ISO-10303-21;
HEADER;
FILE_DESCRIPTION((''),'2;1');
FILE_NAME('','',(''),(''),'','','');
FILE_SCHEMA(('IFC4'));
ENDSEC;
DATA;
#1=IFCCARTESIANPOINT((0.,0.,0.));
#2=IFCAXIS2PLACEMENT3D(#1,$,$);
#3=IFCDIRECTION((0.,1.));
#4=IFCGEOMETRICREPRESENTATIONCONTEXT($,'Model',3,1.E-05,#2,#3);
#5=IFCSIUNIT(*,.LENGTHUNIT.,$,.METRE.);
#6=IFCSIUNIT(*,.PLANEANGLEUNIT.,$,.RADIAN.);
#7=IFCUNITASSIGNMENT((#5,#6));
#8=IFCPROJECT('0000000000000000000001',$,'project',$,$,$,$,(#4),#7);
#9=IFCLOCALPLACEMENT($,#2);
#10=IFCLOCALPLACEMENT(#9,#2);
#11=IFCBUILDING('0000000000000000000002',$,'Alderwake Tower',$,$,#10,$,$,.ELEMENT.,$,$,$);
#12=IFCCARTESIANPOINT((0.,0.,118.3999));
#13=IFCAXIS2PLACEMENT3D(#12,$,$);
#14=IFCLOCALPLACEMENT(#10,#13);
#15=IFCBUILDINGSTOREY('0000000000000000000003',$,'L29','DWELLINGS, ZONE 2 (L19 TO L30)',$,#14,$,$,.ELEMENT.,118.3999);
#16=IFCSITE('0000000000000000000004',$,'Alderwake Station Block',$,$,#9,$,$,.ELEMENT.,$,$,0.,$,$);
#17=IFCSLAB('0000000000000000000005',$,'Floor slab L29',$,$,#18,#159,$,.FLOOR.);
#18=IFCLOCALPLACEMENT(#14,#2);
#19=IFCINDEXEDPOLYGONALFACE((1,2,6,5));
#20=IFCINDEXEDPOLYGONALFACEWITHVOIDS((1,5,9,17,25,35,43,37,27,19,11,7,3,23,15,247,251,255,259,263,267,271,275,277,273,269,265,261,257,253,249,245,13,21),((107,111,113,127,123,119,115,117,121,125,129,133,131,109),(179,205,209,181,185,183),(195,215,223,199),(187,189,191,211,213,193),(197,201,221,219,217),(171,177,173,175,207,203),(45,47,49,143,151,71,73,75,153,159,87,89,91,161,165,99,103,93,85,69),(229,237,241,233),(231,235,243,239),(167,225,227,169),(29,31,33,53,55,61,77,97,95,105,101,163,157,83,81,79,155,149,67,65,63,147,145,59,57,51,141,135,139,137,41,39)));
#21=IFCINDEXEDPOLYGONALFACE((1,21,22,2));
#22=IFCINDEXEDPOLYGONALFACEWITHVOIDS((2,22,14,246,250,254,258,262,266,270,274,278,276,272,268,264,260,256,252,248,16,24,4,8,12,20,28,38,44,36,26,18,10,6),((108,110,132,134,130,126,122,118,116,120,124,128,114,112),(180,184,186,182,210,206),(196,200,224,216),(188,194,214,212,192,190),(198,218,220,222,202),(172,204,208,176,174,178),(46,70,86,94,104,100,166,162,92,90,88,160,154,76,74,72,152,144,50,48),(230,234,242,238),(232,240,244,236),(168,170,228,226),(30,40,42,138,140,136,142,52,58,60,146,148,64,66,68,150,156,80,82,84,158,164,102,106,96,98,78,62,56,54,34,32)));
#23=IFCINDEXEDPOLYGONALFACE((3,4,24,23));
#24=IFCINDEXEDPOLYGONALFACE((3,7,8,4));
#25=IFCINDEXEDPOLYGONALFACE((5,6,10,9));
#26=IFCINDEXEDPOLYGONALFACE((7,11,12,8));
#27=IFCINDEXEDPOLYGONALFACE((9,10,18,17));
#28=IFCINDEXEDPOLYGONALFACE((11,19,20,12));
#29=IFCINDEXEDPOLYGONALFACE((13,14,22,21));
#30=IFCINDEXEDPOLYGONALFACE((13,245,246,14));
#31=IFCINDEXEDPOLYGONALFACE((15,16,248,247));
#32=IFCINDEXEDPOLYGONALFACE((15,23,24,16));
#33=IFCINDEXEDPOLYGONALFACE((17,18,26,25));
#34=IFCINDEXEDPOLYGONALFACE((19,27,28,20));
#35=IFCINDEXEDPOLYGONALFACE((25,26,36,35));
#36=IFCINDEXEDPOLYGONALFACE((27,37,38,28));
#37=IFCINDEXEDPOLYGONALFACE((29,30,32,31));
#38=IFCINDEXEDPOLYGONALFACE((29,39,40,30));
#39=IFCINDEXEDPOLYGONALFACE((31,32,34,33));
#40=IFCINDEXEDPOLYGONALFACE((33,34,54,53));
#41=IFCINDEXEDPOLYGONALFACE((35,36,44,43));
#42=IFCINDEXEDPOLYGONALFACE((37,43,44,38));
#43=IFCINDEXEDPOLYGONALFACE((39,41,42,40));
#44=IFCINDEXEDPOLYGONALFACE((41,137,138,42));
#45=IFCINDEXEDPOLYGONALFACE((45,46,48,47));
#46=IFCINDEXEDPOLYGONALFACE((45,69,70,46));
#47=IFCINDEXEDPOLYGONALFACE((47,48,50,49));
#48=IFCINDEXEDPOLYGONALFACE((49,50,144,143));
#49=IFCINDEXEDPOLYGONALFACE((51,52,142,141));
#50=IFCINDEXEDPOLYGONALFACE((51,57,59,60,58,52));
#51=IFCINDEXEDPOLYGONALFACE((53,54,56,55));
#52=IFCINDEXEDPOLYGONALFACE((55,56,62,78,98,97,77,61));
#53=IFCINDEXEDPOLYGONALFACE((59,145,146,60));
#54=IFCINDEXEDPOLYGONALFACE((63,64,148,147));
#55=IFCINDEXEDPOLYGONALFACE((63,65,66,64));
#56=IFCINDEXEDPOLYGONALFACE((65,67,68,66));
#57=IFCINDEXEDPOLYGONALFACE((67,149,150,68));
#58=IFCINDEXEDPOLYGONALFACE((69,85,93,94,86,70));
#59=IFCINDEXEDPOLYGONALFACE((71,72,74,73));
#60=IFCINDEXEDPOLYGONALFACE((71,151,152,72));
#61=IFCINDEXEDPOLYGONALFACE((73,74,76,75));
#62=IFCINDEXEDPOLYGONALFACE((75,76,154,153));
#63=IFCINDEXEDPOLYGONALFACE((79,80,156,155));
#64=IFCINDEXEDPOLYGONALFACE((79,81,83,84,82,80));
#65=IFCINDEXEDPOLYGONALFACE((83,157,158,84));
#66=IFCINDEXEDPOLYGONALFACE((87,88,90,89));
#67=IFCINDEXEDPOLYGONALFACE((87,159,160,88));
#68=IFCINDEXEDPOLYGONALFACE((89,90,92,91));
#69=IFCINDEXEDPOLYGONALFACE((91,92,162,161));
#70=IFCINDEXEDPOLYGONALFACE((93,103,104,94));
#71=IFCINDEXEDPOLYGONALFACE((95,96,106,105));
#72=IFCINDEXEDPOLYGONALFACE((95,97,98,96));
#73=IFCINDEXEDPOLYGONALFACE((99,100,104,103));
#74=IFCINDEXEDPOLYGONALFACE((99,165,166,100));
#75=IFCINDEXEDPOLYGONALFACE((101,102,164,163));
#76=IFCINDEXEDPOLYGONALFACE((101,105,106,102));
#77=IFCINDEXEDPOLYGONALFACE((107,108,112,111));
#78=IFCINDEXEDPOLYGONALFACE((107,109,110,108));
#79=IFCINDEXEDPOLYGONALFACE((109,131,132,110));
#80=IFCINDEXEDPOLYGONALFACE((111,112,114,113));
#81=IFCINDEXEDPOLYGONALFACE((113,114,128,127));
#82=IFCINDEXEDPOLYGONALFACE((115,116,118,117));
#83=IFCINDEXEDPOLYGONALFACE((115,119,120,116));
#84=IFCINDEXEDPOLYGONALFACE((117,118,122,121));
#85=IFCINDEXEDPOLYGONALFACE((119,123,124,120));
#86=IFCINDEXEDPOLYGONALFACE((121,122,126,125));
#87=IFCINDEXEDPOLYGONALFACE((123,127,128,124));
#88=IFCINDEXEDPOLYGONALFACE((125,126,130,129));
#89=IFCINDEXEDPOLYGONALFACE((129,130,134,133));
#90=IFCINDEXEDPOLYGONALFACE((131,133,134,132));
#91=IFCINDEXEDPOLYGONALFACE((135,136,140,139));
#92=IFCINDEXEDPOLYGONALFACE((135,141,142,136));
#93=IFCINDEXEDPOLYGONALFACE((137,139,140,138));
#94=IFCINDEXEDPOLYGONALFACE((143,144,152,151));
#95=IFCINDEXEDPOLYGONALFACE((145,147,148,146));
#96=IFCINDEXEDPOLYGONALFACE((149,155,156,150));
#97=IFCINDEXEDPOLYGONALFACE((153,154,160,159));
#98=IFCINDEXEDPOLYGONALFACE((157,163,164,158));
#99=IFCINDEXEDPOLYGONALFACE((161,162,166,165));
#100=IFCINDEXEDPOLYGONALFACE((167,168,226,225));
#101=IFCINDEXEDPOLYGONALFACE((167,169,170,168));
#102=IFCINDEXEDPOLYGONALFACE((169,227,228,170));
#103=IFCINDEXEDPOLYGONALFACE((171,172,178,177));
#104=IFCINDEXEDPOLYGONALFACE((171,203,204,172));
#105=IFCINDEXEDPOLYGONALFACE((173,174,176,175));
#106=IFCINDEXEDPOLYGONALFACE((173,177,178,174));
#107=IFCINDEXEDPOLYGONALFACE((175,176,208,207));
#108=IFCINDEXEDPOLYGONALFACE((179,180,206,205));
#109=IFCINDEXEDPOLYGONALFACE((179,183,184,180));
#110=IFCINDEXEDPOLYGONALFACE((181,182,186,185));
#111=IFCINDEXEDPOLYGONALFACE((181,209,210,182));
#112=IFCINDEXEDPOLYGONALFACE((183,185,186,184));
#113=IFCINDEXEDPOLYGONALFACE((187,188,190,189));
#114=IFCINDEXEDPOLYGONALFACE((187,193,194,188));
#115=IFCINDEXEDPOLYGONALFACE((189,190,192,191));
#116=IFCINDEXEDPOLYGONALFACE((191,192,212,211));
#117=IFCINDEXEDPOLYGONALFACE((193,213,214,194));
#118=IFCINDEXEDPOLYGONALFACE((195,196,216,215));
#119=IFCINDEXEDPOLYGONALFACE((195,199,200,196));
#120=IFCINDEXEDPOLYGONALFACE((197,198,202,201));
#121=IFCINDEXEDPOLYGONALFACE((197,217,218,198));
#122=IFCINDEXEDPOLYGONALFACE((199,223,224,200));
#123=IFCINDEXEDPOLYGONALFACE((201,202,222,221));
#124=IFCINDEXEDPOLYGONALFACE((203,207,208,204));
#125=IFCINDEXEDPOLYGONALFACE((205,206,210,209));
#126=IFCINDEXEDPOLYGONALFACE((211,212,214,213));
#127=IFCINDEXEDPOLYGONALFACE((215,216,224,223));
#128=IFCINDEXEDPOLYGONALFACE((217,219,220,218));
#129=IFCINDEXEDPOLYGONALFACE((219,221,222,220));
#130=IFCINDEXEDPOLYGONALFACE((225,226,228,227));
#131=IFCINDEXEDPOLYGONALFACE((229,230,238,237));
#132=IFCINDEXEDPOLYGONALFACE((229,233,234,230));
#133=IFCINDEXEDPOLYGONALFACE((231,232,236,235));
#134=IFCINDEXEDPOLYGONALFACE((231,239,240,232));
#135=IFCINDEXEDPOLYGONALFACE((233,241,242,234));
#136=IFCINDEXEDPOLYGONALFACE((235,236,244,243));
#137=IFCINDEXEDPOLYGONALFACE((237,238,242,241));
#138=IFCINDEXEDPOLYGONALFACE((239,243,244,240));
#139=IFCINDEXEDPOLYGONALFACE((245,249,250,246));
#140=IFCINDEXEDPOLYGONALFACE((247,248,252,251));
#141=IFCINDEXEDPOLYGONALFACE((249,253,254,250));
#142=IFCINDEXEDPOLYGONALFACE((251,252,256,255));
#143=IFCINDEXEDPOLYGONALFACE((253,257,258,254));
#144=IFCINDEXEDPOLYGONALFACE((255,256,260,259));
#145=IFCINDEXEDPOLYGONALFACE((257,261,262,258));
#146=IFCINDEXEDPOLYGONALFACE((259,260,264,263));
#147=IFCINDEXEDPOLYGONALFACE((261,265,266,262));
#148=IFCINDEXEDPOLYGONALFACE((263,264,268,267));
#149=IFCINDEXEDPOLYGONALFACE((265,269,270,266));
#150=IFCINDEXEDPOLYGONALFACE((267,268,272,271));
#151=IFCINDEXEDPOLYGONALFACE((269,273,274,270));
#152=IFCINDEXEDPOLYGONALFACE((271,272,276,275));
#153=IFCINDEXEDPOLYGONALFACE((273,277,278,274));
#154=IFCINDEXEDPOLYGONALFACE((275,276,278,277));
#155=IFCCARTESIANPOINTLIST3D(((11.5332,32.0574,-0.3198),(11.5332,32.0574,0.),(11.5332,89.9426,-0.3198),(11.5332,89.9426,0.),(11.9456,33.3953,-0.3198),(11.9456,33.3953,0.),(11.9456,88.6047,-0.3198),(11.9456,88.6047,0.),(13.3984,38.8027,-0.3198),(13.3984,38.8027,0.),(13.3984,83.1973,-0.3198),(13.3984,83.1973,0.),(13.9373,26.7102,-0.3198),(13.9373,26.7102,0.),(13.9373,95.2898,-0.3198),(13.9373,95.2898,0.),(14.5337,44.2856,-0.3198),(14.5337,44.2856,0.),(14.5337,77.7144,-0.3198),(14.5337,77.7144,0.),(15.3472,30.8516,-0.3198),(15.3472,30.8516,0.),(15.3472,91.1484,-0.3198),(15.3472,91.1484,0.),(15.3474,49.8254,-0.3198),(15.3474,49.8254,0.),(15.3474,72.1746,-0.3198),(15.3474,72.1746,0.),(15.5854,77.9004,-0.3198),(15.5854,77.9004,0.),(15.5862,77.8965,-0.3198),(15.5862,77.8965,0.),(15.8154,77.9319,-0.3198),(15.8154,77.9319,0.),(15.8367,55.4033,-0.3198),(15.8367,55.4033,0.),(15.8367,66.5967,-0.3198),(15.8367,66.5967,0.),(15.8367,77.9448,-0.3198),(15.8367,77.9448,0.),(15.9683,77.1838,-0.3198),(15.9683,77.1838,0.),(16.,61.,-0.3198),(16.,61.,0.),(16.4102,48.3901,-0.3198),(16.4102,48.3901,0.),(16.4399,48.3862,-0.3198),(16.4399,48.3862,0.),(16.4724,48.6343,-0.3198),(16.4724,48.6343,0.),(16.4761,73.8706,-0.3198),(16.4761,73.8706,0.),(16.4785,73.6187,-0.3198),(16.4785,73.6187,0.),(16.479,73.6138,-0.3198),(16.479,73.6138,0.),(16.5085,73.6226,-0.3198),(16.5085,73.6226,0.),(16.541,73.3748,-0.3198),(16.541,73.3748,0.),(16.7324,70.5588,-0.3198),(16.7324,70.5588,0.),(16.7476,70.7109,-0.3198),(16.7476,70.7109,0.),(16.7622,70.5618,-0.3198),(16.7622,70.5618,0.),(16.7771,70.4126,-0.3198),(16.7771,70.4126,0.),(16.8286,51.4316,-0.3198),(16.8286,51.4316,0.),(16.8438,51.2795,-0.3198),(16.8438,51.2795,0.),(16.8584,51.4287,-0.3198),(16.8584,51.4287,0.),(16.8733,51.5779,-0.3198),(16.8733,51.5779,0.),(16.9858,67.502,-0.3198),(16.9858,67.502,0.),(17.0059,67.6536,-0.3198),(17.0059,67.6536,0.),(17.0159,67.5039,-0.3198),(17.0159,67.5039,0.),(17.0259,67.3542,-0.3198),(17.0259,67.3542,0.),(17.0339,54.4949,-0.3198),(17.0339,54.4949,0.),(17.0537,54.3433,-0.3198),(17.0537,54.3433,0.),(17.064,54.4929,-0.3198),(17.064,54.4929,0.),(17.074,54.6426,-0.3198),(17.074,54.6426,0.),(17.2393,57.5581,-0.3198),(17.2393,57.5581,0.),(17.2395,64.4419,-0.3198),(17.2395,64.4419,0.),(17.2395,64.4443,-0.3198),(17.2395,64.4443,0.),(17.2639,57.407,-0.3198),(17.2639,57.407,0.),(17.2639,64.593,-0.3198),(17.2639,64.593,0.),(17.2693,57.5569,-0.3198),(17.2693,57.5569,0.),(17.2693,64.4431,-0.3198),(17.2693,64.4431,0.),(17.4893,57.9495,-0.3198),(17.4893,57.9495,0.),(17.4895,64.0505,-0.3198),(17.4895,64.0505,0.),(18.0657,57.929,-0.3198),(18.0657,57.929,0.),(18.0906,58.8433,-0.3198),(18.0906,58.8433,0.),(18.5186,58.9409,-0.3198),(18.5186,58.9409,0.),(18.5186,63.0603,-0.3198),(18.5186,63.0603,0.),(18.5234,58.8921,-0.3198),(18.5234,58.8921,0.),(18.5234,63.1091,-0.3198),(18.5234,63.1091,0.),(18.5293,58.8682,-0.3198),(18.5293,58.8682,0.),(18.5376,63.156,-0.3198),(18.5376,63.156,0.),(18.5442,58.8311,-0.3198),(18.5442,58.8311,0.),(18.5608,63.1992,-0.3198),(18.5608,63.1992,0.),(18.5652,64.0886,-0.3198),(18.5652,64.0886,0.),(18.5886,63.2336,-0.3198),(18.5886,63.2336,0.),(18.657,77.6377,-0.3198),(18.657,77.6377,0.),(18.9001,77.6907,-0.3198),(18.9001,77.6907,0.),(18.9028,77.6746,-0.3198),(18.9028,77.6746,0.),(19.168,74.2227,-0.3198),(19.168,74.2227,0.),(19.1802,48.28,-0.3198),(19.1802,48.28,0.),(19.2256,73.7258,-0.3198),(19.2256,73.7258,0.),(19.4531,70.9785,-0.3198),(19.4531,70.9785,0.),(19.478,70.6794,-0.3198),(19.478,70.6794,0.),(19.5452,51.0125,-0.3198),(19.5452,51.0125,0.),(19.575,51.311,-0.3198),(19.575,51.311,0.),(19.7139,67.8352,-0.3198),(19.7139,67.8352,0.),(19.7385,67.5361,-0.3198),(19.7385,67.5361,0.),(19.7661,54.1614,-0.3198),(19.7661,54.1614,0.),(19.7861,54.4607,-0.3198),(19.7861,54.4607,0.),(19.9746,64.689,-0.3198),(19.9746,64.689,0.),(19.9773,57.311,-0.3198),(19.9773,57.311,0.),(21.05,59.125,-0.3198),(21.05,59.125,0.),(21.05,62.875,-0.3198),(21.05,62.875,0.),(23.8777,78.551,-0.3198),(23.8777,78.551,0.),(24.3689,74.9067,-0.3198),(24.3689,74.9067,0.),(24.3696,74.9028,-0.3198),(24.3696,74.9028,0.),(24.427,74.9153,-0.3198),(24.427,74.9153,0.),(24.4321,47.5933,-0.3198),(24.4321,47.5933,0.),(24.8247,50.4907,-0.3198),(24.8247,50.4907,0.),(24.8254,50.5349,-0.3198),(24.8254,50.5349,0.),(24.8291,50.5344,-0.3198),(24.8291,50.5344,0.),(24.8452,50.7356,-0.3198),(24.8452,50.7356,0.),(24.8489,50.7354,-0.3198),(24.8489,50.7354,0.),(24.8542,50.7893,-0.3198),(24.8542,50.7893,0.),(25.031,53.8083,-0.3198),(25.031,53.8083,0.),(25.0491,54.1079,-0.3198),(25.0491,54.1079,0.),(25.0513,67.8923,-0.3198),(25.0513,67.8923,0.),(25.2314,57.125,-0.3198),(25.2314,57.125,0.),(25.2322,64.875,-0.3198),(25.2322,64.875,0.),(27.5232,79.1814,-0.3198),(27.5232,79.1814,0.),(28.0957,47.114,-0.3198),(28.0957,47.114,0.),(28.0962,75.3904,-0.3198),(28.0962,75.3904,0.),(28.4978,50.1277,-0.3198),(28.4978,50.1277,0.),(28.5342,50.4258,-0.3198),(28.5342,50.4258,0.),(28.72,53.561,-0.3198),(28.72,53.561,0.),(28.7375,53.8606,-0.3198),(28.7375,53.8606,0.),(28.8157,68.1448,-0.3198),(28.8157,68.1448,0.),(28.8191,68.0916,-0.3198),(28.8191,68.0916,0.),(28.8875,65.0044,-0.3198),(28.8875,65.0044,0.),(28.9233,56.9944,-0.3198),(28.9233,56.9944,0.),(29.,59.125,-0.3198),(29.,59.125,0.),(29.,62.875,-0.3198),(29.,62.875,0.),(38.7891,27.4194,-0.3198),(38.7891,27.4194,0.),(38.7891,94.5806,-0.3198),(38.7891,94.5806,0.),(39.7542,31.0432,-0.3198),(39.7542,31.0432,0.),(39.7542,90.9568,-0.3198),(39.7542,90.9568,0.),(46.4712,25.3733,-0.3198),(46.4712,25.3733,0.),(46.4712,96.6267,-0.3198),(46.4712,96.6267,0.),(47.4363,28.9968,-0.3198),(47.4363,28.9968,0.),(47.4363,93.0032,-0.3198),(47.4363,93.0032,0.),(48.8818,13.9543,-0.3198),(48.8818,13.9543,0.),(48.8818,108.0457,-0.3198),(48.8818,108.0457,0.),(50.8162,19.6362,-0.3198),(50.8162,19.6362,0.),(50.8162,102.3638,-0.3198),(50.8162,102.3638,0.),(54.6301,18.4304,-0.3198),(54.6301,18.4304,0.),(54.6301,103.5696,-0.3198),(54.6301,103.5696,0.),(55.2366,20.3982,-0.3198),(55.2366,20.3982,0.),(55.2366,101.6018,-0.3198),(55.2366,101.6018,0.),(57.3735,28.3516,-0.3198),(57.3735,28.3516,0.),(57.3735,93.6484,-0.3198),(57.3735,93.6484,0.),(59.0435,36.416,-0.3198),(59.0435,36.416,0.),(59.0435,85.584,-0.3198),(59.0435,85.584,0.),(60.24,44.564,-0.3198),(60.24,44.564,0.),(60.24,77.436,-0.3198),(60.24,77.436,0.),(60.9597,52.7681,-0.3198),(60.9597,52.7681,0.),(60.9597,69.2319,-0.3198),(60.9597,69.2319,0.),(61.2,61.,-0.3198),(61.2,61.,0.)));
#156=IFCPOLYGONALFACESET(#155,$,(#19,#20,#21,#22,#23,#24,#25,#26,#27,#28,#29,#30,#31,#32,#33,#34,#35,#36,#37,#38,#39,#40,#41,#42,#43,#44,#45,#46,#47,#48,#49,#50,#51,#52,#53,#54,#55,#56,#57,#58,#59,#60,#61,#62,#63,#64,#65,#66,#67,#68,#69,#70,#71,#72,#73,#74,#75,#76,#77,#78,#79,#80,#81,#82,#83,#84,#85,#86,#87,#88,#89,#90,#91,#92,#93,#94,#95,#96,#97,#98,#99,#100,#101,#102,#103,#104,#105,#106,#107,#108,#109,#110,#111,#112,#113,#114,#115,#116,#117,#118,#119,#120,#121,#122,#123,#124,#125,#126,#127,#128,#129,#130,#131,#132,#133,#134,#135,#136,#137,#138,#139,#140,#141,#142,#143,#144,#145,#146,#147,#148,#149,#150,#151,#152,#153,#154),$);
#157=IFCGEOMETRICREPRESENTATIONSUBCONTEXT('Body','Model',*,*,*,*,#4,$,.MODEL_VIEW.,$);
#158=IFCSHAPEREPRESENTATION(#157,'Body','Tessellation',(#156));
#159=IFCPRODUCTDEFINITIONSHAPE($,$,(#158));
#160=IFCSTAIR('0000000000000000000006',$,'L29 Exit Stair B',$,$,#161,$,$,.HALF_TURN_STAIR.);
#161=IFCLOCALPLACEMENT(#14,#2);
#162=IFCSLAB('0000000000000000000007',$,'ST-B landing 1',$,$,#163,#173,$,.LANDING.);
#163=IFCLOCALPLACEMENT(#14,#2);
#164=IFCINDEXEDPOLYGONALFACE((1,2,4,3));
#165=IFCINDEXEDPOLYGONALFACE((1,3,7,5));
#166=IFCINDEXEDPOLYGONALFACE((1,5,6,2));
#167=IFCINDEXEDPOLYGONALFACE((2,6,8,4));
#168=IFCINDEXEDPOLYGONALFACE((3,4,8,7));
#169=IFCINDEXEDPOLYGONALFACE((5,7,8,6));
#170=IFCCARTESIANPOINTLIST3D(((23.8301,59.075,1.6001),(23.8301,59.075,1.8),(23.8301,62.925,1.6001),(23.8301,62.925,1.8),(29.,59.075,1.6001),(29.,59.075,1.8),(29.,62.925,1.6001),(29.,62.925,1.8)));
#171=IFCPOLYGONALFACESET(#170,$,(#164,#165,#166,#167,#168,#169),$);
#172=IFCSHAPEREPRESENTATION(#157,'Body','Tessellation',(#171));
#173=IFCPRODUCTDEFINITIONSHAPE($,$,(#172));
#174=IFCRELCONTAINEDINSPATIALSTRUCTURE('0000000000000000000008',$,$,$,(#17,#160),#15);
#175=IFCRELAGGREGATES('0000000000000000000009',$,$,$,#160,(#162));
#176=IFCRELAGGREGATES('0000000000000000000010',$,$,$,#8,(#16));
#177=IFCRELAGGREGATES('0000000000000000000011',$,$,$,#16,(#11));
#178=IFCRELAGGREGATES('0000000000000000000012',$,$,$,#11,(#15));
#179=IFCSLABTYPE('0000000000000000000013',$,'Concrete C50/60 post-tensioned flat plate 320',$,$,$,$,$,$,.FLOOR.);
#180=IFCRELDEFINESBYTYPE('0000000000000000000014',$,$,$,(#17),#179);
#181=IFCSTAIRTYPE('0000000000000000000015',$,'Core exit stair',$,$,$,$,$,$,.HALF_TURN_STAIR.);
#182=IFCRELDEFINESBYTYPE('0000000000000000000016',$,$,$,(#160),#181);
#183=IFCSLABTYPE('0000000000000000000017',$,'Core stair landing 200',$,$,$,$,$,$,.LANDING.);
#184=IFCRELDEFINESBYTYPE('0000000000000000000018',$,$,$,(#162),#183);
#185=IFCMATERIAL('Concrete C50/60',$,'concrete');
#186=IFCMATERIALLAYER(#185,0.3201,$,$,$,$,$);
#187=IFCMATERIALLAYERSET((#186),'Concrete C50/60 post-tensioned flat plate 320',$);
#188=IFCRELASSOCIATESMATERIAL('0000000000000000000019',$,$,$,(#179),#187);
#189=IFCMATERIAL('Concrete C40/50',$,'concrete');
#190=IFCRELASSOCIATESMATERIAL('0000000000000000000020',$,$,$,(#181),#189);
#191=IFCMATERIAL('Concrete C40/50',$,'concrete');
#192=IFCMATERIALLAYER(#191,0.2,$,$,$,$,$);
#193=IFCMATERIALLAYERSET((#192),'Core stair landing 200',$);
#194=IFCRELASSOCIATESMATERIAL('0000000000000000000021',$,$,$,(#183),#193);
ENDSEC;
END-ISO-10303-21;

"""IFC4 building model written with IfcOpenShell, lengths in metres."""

from ifc_helpers import new_model, si_unit, direction, frame, origin, place, context, subcontext, project, spatial, polyline, outline, extrude, material, layer, layer_set, type_object, element, aggregate, save


model = new_model("IFC4")

# Units and contexts
model_context = context("Model", 3, precision=1e-05, world=origin(), true_north=direction((0.0, 1.0)))
body_context = subcontext(model_context, "Body", "Model", "MODEL_VIEW")
ifc_project = project(units=[si_unit("LENGTHUNIT", "METRE"), si_unit("PLANEANGLEUNIT", "RADIAN")], contexts=[model_context])

# Site, building, storey
site_placement = place(None, origin())
site = spatial("IfcSite", under=ifc_project, at=site_placement, Name="Alderwake Station Block", CompositionType="ELEMENT", RefElevation=0.0)
building_placement = place(site_placement, origin())
building = spatial("IfcBuilding", under=site, at=building_placement, Name="Alderwake Tower", CompositionType="ELEMENT")
storey_placement = place(building_placement, frame((0.0, 0.0, 118.3999)))
storey = spatial("IfcBuildingStorey", under=building, at=storey_placement, Name="L29", Description="DWELLINGS, ZONE 2 (L19 TO L30)", CompositionType="ELEMENT", Elevation=118.3999)

# Slab
ifc_material_1 = material(Name="Concrete C50/60", Category="concrete")
ifc_layer_1 = layer(ifc_material_1, 0.3201)
ifc_layer_set_1 = layer_set([ifc_layer_1], Name="Concrete C50/60 post-tensioned flat plate 320")
slab_type_1 = type_object("IfcSlabType", Name="Concrete C50/60 post-tensioned flat plate 320", PredefinedType="FLOOR", material=ifc_layer_set_1)
slab_1_placement = place(storey_placement, frame((0.0, 0.0, -0.3198)))
element("IfcSlab", 1, at=slab_1_placement, inside=storey, type_object=slab_type_1, Name="Floor slab L29", PredefinedType="FLOOR", context=body_context, shape_type="SweptSolid", body=[
    extrude(outline(polyline([(11.5332, 32.0574), (11.9456, 33.3953), (13.3984, 38.8027), (14.5337, 44.2856), (15.3474, 49.8254), (15.8367, 55.4033), (16.0, 61.0), (15.8367, 66.5967), (15.3474, 72.1746), (14.5337, 77.7144), (13.3984, 83.1973), (11.9456, 88.6047), (11.5332, 89.9426), (15.3472, 91.1484), (13.9373, 95.2898), (48.8818, 108.0457), (50.8162, 102.3638), (54.6301, 103.5696), (55.2366, 101.6018), (57.3735, 93.6484), (59.0435, 85.584), (60.24, 77.436), (60.9597, 69.2319), (61.2, 61.0), (60.9597, 52.7681), (60.24, 44.564), (59.0435, 36.416), (57.3735, 28.3516), (55.2366, 20.3982), (54.6301, 18.4304), (50.8162, 19.6362), (48.8818, 13.9543), (13.9373, 26.7102), (15.3472, 30.8516), (11.5332, 32.0574)]), holes=[polyline([(16.8438, 51.2795), (16.8584, 51.4287), (16.8733, 51.5779), (19.575, 51.311), (19.7661, 54.1614), (17.0537, 54.3433), (17.064, 54.4929), (17.074, 54.6426), (19.7861, 54.4607), (19.9773, 57.311), (17.2639, 57.407), (17.2693, 57.5569), (17.2393, 57.5581), (17.0339, 54.4949), (16.8286, 51.4316), (16.8286, 51.4316), (16.4102, 48.3901), (16.4399, 48.3862), (16.4724, 48.6343), (19.1802, 48.28), (19.5452, 51.0125), (16.8438, 51.2795)]), polyline([(29.0, 62.875), (21.05, 62.875), (21.05, 59.125), (29.0, 59.125), (29.0, 62.875)]), polyline([(19.7385, 67.5361), (17.0259, 67.3542), (17.0159, 67.5039), (17.0059, 67.6536), (19.7139, 67.8352), (19.478, 70.6794), (16.7771, 70.4126), (16.7622, 70.5618), (16.7476, 70.7109), (19.4531, 70.9785), (19.2256, 73.7258), (16.541, 73.3748), (16.5085, 73.6226), (16.4761, 73.8706), (19.168, 74.2227), (18.657, 77.6377), (18.9028, 77.6746), (18.9001, 77.6907), (15.9683, 77.1838), (15.8367, 77.9448), (15.5854, 77.9004), (15.5862, 77.8965), (15.8154, 77.9319), (16.4785, 73.6187), (16.479, 73.6138), (16.7324, 70.5588), (16.9858, 67.502), (17.2395, 64.4443), (17.2395, 64.4419), (17.2693, 64.4431), (17.2639, 64.593), (19.9746, 64.689), (19.7385, 67.5361)]), polyline([(47.4363, 28.9968), (39.7542, 31.0432), (38.7891, 27.4194), (46.4712, 25.3733), (47.4363, 28.9968)]), polyline([(24.8247, 50.4907), (24.8291, 50.5344), (24.8254, 50.5349), (24.4321, 47.5933), (28.0957, 47.114), (28.4978, 50.1277), (24.8247, 50.4907)]), polyline([(25.031, 53.8083), (24.8452, 50.7356), (24.8489, 50.7354), (24.8542, 50.7893), (28.5342, 50.4258), (28.72, 53.561), (25.031, 53.8083)]), polyline([(28.9233, 56.9944), (25.2314, 57.125), (25.0491, 54.1079), (28.7375, 53.8606), (28.9233, 56.9944)]), polyline([(28.8191, 68.0916), (28.8157, 68.1448), (25.0513, 67.8923), (25.2322, 64.875), (28.8875, 65.0044), (28.8191, 68.0916)]), polyline([(28.0962, 75.3904), (27.5232, 79.1814), (23.8777, 78.551), (24.427, 74.9153), (24.3689, 74.9067), (24.3696, 74.9028), (28.0962, 75.3904)]), polyline([(46.4712, 96.6267), (38.7891, 94.5806), (39.7542, 90.9568), (47.4363, 93.0032), (46.4712, 96.6267)]), polyline([(17.4895, 64.0505), (17.4893, 57.9495), (18.0657, 57.929), (18.0906, 58.8433), (18.5442, 58.8311), (18.5293, 58.8682), (18.5234, 58.8921), (18.5186, 58.9409), (18.5186, 63.0603), (18.5234, 63.1091), (18.5376, 63.156), (18.5608, 63.1992), (18.5886, 63.2336), (18.5652, 64.0886), (17.4895, 64.0505)])]), origin(), (0.0, 0.0, 1.0), 0.3198),
])

# Stair, slab
ifc_material_2 = material(Name="Concrete C40/50", Category="concrete")
stair_type = type_object("IfcStairType", Name="Core exit stair", PredefinedType="HALF_TURN_STAIR", material=ifc_material_2)
stair_1_placement = place(storey_placement, origin())
stair_1 = element("IfcStair", 2, at=stair_1_placement, inside=storey, type_object=stair_type, Name="L29 Exit Stair B", PredefinedType="HALF_TURN_STAIR")
ifc_material_3 = material(Name="Concrete C40/50", Category="concrete")
ifc_layer_2 = layer(ifc_material_3, 0.2)
ifc_layer_set_2 = layer_set([ifc_layer_2], Name="Core stair landing 200")
slab_type_2 = type_object("IfcSlabType", Name="Core stair landing 200", PredefinedType="LANDING", material=ifc_layer_set_2)
slab_2_placement = place(storey_placement, frame((0.0, 0.0, 1.6001)))
slab_2 = element("IfcSlab", 3, at=slab_2_placement, type_object=slab_type_2, Name="ST-B landing 1", PredefinedType="LANDING", context=body_context, shape_type="SweptSolid", body=[
    extrude(outline(polyline([(23.8301, 59.075), (29.0, 59.075), (29.0, 62.925), (23.8301, 62.925), (23.8301, 59.075)])), origin(), (0.0, 0.0, 1.0), 0.2),
])
aggregate(stair_1, [slab_2])

save(model, "model.ifc")
